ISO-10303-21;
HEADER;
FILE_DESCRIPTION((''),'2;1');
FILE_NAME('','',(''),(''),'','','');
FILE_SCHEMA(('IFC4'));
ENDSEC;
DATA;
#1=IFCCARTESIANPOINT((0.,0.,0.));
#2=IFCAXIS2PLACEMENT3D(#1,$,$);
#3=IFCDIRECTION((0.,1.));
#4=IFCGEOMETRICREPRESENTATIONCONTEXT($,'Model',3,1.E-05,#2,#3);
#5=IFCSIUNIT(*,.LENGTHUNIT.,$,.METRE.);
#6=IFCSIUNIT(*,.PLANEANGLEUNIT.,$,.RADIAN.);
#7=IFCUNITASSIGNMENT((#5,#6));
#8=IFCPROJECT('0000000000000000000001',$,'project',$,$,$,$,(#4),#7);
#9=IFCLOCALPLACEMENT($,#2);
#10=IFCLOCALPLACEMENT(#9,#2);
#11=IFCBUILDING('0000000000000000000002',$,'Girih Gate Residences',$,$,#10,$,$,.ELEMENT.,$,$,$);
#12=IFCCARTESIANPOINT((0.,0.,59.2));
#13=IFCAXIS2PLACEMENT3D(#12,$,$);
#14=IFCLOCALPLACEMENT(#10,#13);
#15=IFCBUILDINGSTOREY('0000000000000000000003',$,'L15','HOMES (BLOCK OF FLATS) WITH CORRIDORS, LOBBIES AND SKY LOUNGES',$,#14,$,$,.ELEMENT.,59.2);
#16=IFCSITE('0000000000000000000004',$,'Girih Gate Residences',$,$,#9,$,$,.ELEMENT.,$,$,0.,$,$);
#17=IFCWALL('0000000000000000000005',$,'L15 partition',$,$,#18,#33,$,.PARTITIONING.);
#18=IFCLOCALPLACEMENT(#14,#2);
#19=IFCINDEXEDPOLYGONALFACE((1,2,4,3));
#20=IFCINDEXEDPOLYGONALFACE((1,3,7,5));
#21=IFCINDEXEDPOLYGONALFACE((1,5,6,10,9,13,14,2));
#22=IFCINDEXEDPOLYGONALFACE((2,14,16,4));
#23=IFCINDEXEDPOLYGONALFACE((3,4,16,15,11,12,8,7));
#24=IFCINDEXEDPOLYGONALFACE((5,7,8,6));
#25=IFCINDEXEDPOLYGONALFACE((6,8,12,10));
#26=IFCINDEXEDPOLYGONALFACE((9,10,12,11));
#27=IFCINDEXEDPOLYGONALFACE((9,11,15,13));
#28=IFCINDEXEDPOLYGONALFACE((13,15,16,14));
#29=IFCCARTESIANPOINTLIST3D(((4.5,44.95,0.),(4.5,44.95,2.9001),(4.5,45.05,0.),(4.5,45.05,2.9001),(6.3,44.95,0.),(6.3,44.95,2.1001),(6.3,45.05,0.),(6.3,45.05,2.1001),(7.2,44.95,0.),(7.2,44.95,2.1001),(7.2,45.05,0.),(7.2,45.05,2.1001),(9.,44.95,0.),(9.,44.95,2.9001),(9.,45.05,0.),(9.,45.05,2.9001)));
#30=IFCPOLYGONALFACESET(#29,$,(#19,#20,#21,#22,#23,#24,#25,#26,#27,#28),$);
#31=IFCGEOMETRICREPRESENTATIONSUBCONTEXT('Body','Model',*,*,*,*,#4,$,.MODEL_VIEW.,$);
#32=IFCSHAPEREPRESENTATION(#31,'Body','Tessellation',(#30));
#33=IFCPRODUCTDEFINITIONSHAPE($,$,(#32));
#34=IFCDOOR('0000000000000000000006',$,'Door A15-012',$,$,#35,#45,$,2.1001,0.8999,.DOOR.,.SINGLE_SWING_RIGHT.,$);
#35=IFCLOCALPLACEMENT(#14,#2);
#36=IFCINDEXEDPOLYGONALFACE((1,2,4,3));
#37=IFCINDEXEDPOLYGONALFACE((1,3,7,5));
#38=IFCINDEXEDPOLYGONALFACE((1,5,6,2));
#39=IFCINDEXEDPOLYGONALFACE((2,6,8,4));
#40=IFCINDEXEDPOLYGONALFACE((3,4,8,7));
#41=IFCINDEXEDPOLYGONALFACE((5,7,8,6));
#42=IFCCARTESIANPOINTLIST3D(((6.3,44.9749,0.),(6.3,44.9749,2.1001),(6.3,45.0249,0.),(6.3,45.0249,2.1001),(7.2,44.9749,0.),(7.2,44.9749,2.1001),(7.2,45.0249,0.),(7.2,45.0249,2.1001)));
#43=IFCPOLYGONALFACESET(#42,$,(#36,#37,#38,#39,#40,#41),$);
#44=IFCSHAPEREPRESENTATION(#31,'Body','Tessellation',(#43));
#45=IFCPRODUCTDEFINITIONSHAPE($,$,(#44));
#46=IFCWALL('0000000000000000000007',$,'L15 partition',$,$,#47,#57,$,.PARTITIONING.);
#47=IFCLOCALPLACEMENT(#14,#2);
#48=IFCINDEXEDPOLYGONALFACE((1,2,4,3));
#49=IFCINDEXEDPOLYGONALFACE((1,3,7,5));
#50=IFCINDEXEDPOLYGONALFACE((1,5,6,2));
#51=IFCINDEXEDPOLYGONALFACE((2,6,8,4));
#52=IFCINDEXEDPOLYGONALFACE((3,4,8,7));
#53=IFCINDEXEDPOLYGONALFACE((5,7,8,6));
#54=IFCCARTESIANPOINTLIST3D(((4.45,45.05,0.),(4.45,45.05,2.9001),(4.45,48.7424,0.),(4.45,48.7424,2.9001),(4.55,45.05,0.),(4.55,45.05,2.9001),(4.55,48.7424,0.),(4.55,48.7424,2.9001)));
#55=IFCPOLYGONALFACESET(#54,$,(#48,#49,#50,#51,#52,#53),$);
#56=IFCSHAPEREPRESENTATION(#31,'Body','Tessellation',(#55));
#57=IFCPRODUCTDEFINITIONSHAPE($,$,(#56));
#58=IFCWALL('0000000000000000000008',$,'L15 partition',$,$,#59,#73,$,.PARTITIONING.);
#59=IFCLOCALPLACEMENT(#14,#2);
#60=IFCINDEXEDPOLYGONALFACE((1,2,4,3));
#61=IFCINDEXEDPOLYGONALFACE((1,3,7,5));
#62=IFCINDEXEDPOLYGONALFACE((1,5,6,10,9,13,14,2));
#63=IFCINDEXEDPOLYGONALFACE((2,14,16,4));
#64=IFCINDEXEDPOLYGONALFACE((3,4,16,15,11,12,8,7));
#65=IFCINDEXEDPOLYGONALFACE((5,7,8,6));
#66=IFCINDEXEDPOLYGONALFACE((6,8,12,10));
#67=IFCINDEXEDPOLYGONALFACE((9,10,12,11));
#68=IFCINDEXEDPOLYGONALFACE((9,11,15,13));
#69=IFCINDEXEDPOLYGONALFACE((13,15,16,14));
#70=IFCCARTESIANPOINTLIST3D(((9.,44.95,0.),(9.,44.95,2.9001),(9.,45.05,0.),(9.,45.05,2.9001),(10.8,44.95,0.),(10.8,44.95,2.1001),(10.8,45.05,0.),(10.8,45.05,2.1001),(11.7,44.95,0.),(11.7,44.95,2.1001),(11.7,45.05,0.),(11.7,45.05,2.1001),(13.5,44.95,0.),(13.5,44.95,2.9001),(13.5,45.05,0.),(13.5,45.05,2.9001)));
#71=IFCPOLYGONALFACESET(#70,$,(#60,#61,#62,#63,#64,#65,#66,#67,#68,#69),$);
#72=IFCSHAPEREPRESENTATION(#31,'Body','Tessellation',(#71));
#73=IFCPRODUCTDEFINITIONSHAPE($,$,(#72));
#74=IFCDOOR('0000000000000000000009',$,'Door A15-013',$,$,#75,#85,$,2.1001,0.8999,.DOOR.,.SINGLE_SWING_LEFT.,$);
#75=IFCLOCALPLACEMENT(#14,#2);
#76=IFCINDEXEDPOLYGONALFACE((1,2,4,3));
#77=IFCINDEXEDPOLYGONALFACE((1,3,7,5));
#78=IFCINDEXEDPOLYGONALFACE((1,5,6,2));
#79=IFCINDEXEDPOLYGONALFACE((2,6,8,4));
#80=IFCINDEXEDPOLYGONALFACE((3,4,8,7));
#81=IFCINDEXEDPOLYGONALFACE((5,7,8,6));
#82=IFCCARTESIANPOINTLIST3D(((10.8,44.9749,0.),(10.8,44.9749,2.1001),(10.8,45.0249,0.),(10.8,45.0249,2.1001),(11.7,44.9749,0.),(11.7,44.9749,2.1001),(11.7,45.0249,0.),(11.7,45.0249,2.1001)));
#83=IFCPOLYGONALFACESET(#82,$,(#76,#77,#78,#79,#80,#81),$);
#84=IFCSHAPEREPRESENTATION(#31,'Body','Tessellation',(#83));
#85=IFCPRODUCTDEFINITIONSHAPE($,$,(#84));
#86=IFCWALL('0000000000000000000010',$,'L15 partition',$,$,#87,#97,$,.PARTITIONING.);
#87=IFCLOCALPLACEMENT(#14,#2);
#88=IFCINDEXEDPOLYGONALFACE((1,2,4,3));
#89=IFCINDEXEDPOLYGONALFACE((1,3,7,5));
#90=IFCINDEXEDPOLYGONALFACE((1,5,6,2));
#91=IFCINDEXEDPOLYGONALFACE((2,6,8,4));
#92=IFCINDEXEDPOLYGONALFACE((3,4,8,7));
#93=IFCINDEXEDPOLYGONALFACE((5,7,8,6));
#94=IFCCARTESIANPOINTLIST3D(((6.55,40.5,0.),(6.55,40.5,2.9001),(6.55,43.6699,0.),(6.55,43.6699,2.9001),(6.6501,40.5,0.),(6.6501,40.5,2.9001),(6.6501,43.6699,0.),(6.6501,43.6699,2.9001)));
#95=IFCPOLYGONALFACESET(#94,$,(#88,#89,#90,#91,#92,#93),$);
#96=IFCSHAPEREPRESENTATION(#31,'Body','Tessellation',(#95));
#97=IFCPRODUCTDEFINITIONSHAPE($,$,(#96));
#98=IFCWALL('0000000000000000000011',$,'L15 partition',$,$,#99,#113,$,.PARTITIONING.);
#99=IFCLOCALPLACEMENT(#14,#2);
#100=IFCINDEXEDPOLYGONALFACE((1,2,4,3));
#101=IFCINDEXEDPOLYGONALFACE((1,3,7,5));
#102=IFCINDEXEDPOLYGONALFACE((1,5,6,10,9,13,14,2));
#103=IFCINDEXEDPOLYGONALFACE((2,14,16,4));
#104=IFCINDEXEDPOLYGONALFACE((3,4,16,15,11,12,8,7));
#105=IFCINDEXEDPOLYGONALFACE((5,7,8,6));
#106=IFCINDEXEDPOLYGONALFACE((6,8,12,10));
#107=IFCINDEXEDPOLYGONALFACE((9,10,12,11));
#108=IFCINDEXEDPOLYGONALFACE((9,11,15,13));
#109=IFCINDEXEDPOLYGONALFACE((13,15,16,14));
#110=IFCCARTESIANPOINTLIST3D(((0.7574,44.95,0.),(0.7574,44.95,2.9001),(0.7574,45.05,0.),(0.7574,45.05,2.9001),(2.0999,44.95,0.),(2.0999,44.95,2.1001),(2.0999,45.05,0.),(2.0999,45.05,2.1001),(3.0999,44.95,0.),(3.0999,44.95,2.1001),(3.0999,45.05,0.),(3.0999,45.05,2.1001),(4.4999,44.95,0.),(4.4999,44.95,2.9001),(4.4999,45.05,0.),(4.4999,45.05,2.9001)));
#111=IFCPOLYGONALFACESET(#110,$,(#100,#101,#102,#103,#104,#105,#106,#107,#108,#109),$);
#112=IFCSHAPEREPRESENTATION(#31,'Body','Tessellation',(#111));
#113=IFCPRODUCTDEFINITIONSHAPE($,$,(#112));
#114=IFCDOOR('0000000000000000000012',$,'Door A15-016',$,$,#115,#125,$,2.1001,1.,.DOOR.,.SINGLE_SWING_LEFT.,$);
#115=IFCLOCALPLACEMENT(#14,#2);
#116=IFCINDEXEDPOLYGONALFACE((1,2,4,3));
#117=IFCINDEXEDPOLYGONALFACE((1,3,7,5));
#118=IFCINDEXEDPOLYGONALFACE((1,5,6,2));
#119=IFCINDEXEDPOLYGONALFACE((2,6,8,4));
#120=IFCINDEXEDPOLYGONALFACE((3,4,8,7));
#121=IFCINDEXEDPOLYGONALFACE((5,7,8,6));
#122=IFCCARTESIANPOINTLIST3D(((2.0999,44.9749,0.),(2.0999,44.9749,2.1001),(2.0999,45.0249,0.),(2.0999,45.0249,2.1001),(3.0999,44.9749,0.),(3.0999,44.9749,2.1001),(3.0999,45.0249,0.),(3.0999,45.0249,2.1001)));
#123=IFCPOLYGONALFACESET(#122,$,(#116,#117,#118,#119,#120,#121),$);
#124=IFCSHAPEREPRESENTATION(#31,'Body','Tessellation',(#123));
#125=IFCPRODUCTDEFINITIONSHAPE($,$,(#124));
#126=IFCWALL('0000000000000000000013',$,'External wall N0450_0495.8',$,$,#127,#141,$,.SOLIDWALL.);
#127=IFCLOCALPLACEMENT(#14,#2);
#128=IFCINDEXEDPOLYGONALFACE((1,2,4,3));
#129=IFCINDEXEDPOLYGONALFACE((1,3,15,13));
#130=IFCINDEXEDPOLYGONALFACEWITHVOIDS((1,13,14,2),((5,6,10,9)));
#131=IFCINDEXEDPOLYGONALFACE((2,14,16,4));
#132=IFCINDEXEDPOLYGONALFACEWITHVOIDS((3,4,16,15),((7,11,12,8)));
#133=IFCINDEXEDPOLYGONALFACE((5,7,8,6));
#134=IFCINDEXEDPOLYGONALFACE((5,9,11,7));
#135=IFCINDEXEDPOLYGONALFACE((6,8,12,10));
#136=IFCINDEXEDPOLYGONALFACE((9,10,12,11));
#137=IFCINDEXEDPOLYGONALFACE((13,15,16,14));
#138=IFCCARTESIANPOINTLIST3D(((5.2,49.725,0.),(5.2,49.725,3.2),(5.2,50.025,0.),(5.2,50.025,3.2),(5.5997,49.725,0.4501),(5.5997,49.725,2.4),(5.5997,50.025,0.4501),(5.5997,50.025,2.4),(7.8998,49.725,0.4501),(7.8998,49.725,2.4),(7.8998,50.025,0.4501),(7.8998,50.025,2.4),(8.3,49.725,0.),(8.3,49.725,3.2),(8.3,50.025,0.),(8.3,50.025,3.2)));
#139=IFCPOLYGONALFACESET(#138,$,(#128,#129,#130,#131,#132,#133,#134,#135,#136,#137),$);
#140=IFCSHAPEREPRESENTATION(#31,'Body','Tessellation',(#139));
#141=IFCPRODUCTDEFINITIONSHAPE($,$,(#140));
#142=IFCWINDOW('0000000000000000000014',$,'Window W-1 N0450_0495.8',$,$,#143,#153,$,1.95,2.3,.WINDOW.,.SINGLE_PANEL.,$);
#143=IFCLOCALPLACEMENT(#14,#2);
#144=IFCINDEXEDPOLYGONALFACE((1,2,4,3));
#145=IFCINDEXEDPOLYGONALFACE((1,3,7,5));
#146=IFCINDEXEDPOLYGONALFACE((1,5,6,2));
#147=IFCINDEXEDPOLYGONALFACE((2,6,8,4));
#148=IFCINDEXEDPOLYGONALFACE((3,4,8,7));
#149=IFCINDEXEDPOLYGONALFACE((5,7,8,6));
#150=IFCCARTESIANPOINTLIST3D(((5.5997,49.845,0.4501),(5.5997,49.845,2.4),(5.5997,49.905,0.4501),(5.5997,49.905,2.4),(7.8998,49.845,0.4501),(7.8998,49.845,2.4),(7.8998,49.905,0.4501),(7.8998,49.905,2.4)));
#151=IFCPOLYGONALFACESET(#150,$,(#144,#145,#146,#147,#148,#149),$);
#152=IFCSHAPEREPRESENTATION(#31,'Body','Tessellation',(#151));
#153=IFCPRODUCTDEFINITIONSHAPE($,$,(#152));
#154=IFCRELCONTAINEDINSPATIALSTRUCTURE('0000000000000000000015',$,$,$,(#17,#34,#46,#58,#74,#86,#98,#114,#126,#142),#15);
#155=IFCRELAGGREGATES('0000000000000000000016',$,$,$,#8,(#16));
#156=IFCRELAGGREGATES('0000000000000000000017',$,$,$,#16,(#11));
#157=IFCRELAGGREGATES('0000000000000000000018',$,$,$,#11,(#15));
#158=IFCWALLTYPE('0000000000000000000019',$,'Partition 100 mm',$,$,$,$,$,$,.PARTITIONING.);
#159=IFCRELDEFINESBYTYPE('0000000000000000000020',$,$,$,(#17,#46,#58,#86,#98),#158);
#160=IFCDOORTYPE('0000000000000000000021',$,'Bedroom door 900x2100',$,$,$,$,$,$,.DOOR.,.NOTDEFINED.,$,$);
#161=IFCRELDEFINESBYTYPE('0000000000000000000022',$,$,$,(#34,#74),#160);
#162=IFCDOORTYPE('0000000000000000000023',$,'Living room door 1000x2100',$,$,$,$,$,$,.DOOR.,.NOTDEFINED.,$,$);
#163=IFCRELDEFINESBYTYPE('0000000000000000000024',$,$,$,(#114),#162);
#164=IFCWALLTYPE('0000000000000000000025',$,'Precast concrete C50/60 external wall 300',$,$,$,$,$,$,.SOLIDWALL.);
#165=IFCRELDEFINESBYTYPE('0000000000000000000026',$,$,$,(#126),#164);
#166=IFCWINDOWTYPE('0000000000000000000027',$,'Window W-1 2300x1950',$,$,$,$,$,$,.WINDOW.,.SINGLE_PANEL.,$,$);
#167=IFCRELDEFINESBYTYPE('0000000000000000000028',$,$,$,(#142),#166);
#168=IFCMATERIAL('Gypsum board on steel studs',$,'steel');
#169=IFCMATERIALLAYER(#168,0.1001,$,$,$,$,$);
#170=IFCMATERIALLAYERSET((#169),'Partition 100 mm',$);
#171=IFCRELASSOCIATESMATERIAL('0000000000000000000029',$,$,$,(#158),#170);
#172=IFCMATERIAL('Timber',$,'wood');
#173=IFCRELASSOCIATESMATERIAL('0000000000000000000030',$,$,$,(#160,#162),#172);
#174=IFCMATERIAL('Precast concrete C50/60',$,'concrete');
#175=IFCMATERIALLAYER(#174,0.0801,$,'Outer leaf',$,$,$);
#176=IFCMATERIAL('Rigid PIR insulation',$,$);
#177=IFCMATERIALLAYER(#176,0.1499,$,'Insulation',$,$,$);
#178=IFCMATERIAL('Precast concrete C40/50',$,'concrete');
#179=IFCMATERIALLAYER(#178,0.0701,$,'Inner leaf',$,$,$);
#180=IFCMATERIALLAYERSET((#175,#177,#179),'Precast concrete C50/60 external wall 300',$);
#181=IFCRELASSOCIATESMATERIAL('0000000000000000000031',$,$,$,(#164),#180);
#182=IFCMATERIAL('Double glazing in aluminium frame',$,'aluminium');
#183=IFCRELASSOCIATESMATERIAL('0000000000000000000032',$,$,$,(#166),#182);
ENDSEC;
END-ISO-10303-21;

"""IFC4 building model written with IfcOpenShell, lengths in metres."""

from ifc_helpers import new_model, si_unit, direction, frame, frame_2d, origin, place, context, subcontext, project, spatial, rectangle, extrude, material, layer, layer_set, type_object, element, fill, save


model = new_model("IFC4")

# Units and contexts
model_context = context("Model", 3, precision=1e-05, world=origin(), true_north=direction((0.0, 1.0)))
body_context = subcontext(model_context, "Body", "Model", "MODEL_VIEW")
ifc_project = project(units=[si_unit("LENGTHUNIT", "METRE"), si_unit("PLANEANGLEUNIT", "RADIAN")], contexts=[model_context])

# Site, building, storey
site_placement = place(None, origin())
site = spatial("IfcSite", under=ifc_project, at=site_placement, Name="Girih Gate Residences", CompositionType="ELEMENT", RefElevation=0.0)
building_placement = place(site_placement, origin())
building = spatial("IfcBuilding", under=site, at=building_placement, Name="Girih Gate Residences", CompositionType="ELEMENT")
storey_placement = place(building_placement, frame((0.0, 0.0, 59.2)))
storey = spatial("IfcBuildingStorey", under=building, at=storey_placement, Name="L15", Description="HOMES (BLOCK OF FLATS) WITH CORRIDORS, LOBBIES AND SKY LOUNGES", CompositionType="ELEMENT", Elevation=59.2)

# Shared definitions
ifc_material_1 = material(Name="Gypsum board on steel studs", Category="steel")

# Shared definitions
ifc_layer_1 = layer(ifc_material_1, 0.1001)
ifc_layer_set_1 = layer_set([ifc_layer_1], Name="Partition 100 mm")
wall_type_1 = type_object("IfcWallType", Name="Partition 100 mm", PredefinedType="PARTITIONING", material=ifc_layer_set_1)

# Wall, opening, door
wall_1_placement = place(storey_placement, frame((4.5, 45.0, 0.0), z_axis=(0.0, 0.0, 1.0), x_axis=(1.0, 0.0, 0.0)))
wall_1 = element("IfcWall", 1, at=wall_1_placement, inside=storey, type_object=wall_type_1, Name="L15 partition", PredefinedType="PARTITIONING", context=body_context, shape_type="SweptSolid", body=[
    extrude(rectangle(XDim=4.5, YDim=0.1001, at=frame_2d((2.25, 0.0))), origin(), (0.0, 0.0, 1.0), 2.9001),
])
opening_1_placement = place(wall_1_placement, frame((1.8, 0.0, 0.0)))
opening_1 = element("IfcOpeningElement", 2, at=opening_1_placement, cuts=wall_1, PredefinedType="OPENING", context=body_context, shape_type="SweptSolid", body=[
    extrude(rectangle(XDim=0.8999, YDim=2.1001, at=frame_2d((0.45, 1.05))), frame((0.0, 0.0601, 0.0), z_axis=(0.0, -1.0, 0.0), x_axis=(1.0, 0.0, 0.0)), (0.0, 0.0, 1.0), 0.1201),
])
ifc_material_2 = material(Name="Timber", Category="wood")
door_type_1 = type_object("IfcDoorType", Name="Bedroom door 900x2100", OperationType="NOTDEFINED", PredefinedType="DOOR", material=ifc_material_2)
door_1_placement = place(opening_1_placement, origin())
door_1 = element("IfcDoor", 3, at=door_1_placement, inside=storey, type_object=door_type_1, Name="Door A15-012", OperationType="SINGLE_SWING_RIGHT", OverallHeight=2.1001, OverallWidth=0.8999, PredefinedType="DOOR", context=body_context, shape_type="SweptSolid", body=[
    extrude(rectangle(XDim=0.8999, YDim=2.1001, at=frame_2d((0.45, 1.05))), frame((0.0, 0.0249, 0.0), z_axis=(0.0, -1.0, 0.0), x_axis=(1.0, 0.0, 0.0)), (0.0, 0.0, 1.0), 0.05),
])
fill(opening_1, door_1)

# Wall
wall_2_placement = place(storey_placement, frame((4.5, 45.05, 0.0), z_axis=(0.0, 0.0, 1.0), x_axis=(0.0, 1.0, 0.0)))
element("IfcWall", 4, at=wall_2_placement, inside=storey, type_object=wall_type_1, Name="L15 partition", PredefinedType="PARTITIONING", context=body_context, shape_type="SweptSolid", body=[
    extrude(rectangle(XDim=3.6924, YDim=0.1001, at=frame_2d((1.8462, 0.0))), origin(), (0.0, 0.0, 1.0), 2.9001),
])

# Wall, opening, door
wall_3_placement = place(storey_placement, frame((9.0, 45.0, 0.0), z_axis=(0.0, 0.0, 1.0), x_axis=(1.0, 0.0, 0.0)))
wall_3 = element("IfcWall", 5, at=wall_3_placement, inside=storey, type_object=wall_type_1, Name="L15 partition", PredefinedType="PARTITIONING", context=body_context, shape_type="SweptSolid", body=[
    extrude(rectangle(XDim=4.5, YDim=0.1001, at=frame_2d((2.25, 0.0))), origin(), (0.0, 0.0, 1.0), 2.9001),
])
opening_2_placement = place(wall_3_placement, frame((1.8, 0.0, 0.0)))
opening_2 = element("IfcOpeningElement", 6, at=opening_2_placement, cuts=wall_3, PredefinedType="OPENING", context=body_context, shape_type="SweptSolid", body=[
    extrude(rectangle(XDim=0.8999, YDim=2.1001, at=frame_2d((0.45, 1.05))), frame((0.0, 0.0601, 0.0), z_axis=(0.0, -1.0, 0.0), x_axis=(1.0, 0.0, 0.0)), (0.0, 0.0, 1.0), 0.1201),
])
door_2_placement = place(opening_2_placement, origin())
door_2 = element("IfcDoor", 7, at=door_2_placement, inside=storey, type_object=door_type_1, Name="Door A15-013", OperationType="SINGLE_SWING_LEFT", OverallHeight=2.1001, OverallWidth=0.8999, PredefinedType="DOOR", context=body_context, shape_type="SweptSolid", body=[
    extrude(rectangle(XDim=0.8999, YDim=2.1001, at=frame_2d((0.45, 1.05))), frame((0.0, 0.0249, 0.0), z_axis=(0.0, -1.0, 0.0), x_axis=(1.0, 0.0, 0.0)), (0.0, 0.0, 1.0), 0.05),
])
fill(opening_2, door_2)

# Wall
wall_4_placement = place(storey_placement, frame((6.6001, 40.5, 0.0), z_axis=(0.0, 0.0, 1.0), x_axis=(0.0, 1.0, 0.0)))
element("IfcWall", 8, at=wall_4_placement, inside=storey, type_object=wall_type_1, Name="L15 partition", PredefinedType="PARTITIONING", context=body_context, shape_type="SweptSolid", body=[
    extrude(rectangle(XDim=3.1699, YDim=0.1001, at=frame_2d((1.585, 0.0))), origin(), (0.0, 0.0, 1.0), 2.9001),
])

# Wall, opening, door
wall_5_placement = place(storey_placement, frame((0.7576, 45.0, 0.0), z_axis=(0.0, 0.0, 1.0), x_axis=(1.0, 0.0, 0.0)))
wall_5 = element("IfcWall", 9, at=wall_5_placement, inside=storey, type_object=wall_type_1, Name="L15 partition", PredefinedType="PARTITIONING", context=body_context, shape_type="SweptSolid", body=[
    extrude(rectangle(XDim=3.7424, YDim=0.1001, at=frame_2d((1.8711, 0.0))), origin(), (0.0, 0.0, 1.0), 2.9001),
])
opening_3_placement = place(wall_5_placement, frame((1.3423, 0.0, 0.0)))
opening_3 = element("IfcOpeningElement", 10, at=opening_3_placement, cuts=wall_5, PredefinedType="OPENING", context=body_context, shape_type="SweptSolid", body=[
    extrude(rectangle(XDim=1.0, YDim=2.1001, at=frame_2d((0.5, 1.05))), frame((0.0, 0.0601, 0.0), z_axis=(0.0, -1.0, 0.0), x_axis=(1.0, 0.0, 0.0)), (0.0, 0.0, 1.0), 0.1201),
])
door_type_2 = type_object("IfcDoorType", Name="Living room door 1000x2100", OperationType="NOTDEFINED", PredefinedType="DOOR", material=ifc_material_2)
door_3_placement = place(opening_3_placement, origin())
door_3 = element("IfcDoor", 11, at=door_3_placement, inside=storey, type_object=door_type_2, Name="Door A15-016", OperationType="SINGLE_SWING_LEFT", OverallHeight=2.1001, OverallWidth=1.0, PredefinedType="DOOR", context=body_context, shape_type="SweptSolid", body=[
    extrude(rectangle(XDim=1.0, YDim=2.1001, at=frame_2d((0.5, 1.05))), frame((0.0, 0.0249, 0.0), z_axis=(0.0, -1.0, 0.0), x_axis=(1.0, 0.0, 0.0)), (0.0, 0.0, 1.0), 0.05),
])
fill(opening_3, door_3)

# Wall, opening, window
ifc_material_3 = material(Name="Precast concrete C50/60", Category="concrete")
ifc_layer_2 = layer(ifc_material_3, 0.0801, Name="Outer leaf")
ifc_material_4 = material(Name="Rigid PIR insulation")
ifc_layer_3 = layer(ifc_material_4, 0.1499, Name="Insulation")
ifc_material_5 = material(Name="Precast concrete C40/50", Category="concrete")
ifc_layer_4 = layer(ifc_material_5, 0.0701, Name="Inner leaf")
ifc_layer_set_2 = layer_set([ifc_layer_2, ifc_layer_3, ifc_layer_4], Name="Precast concrete C50/60 external wall 300")
wall_type_2 = type_object("IfcWallType", Name="Precast concrete C50/60 external wall 300", PredefinedType="SOLIDWALL", material=ifc_layer_set_2)
wall_6_placement = place(storey_placement, frame((5.2, 49.875, 0.0), z_axis=(0.0, 0.0, 1.0), x_axis=(1.0, 0.0, 0.0)))
wall_6 = element("IfcWall", 12, at=wall_6_placement, inside=storey, type_object=wall_type_2, Name="External wall N0450_0495.8", PredefinedType="SOLIDWALL", context=body_context, shape_type="SweptSolid", body=[
    extrude(rectangle(XDim=3.1001, YDim=0.3, at=frame_2d((1.55, 0.0))), origin(), (0.0, 0.0, 1.0), 3.2),
])
opening_4_placement = place(wall_6_placement, frame((0.3999, 0.0, 0.45)))
opening_4 = element("IfcOpeningElement", 13, at=opening_4_placement, cuts=wall_6, PredefinedType="OPENING", context=body_context, shape_type="SweptSolid", body=[
    extrude(rectangle(XDim=2.3, YDim=1.95, at=frame_2d((1.1499, 0.9751))), frame((0.0, 0.1599, 0.0), z_axis=(0.0, -1.0, 0.0), x_axis=(1.0, 0.0, 0.0)), (0.0, 0.0, 1.0), 0.3201),
])
ifc_material_6 = material(Name="Double glazing in aluminium frame", Category="aluminium")
window_type_1 = type_object("IfcWindowType", Name="Window W-1 2300x1950", PartitioningType="SINGLE_PANEL", PredefinedType="WINDOW", material=ifc_material_6)
window_1_placement = place(opening_4_placement, origin())
window_1 = element("IfcWindow", 14, at=window_1_placement, inside=storey, type_object=window_type_1, Name="Window W-1 N0450_0495.8", OverallHeight=1.95, OverallWidth=2.3, PartitioningType="SINGLE_PANEL", PredefinedType="WINDOW", context=body_context, shape_type="SweptSolid", body=[
    extrude(rectangle(XDim=2.3, YDim=1.95, at=frame_2d((1.1499, 0.9751))), frame((0.0, 0.03, 0.0), z_axis=(0.0, -1.0, 0.0), x_axis=(1.0, 0.0, 0.0)), (0.0, 0.0, 1.0), 0.0601),
])
fill(opening_4, window_1)

save(model, "model.ifc")
